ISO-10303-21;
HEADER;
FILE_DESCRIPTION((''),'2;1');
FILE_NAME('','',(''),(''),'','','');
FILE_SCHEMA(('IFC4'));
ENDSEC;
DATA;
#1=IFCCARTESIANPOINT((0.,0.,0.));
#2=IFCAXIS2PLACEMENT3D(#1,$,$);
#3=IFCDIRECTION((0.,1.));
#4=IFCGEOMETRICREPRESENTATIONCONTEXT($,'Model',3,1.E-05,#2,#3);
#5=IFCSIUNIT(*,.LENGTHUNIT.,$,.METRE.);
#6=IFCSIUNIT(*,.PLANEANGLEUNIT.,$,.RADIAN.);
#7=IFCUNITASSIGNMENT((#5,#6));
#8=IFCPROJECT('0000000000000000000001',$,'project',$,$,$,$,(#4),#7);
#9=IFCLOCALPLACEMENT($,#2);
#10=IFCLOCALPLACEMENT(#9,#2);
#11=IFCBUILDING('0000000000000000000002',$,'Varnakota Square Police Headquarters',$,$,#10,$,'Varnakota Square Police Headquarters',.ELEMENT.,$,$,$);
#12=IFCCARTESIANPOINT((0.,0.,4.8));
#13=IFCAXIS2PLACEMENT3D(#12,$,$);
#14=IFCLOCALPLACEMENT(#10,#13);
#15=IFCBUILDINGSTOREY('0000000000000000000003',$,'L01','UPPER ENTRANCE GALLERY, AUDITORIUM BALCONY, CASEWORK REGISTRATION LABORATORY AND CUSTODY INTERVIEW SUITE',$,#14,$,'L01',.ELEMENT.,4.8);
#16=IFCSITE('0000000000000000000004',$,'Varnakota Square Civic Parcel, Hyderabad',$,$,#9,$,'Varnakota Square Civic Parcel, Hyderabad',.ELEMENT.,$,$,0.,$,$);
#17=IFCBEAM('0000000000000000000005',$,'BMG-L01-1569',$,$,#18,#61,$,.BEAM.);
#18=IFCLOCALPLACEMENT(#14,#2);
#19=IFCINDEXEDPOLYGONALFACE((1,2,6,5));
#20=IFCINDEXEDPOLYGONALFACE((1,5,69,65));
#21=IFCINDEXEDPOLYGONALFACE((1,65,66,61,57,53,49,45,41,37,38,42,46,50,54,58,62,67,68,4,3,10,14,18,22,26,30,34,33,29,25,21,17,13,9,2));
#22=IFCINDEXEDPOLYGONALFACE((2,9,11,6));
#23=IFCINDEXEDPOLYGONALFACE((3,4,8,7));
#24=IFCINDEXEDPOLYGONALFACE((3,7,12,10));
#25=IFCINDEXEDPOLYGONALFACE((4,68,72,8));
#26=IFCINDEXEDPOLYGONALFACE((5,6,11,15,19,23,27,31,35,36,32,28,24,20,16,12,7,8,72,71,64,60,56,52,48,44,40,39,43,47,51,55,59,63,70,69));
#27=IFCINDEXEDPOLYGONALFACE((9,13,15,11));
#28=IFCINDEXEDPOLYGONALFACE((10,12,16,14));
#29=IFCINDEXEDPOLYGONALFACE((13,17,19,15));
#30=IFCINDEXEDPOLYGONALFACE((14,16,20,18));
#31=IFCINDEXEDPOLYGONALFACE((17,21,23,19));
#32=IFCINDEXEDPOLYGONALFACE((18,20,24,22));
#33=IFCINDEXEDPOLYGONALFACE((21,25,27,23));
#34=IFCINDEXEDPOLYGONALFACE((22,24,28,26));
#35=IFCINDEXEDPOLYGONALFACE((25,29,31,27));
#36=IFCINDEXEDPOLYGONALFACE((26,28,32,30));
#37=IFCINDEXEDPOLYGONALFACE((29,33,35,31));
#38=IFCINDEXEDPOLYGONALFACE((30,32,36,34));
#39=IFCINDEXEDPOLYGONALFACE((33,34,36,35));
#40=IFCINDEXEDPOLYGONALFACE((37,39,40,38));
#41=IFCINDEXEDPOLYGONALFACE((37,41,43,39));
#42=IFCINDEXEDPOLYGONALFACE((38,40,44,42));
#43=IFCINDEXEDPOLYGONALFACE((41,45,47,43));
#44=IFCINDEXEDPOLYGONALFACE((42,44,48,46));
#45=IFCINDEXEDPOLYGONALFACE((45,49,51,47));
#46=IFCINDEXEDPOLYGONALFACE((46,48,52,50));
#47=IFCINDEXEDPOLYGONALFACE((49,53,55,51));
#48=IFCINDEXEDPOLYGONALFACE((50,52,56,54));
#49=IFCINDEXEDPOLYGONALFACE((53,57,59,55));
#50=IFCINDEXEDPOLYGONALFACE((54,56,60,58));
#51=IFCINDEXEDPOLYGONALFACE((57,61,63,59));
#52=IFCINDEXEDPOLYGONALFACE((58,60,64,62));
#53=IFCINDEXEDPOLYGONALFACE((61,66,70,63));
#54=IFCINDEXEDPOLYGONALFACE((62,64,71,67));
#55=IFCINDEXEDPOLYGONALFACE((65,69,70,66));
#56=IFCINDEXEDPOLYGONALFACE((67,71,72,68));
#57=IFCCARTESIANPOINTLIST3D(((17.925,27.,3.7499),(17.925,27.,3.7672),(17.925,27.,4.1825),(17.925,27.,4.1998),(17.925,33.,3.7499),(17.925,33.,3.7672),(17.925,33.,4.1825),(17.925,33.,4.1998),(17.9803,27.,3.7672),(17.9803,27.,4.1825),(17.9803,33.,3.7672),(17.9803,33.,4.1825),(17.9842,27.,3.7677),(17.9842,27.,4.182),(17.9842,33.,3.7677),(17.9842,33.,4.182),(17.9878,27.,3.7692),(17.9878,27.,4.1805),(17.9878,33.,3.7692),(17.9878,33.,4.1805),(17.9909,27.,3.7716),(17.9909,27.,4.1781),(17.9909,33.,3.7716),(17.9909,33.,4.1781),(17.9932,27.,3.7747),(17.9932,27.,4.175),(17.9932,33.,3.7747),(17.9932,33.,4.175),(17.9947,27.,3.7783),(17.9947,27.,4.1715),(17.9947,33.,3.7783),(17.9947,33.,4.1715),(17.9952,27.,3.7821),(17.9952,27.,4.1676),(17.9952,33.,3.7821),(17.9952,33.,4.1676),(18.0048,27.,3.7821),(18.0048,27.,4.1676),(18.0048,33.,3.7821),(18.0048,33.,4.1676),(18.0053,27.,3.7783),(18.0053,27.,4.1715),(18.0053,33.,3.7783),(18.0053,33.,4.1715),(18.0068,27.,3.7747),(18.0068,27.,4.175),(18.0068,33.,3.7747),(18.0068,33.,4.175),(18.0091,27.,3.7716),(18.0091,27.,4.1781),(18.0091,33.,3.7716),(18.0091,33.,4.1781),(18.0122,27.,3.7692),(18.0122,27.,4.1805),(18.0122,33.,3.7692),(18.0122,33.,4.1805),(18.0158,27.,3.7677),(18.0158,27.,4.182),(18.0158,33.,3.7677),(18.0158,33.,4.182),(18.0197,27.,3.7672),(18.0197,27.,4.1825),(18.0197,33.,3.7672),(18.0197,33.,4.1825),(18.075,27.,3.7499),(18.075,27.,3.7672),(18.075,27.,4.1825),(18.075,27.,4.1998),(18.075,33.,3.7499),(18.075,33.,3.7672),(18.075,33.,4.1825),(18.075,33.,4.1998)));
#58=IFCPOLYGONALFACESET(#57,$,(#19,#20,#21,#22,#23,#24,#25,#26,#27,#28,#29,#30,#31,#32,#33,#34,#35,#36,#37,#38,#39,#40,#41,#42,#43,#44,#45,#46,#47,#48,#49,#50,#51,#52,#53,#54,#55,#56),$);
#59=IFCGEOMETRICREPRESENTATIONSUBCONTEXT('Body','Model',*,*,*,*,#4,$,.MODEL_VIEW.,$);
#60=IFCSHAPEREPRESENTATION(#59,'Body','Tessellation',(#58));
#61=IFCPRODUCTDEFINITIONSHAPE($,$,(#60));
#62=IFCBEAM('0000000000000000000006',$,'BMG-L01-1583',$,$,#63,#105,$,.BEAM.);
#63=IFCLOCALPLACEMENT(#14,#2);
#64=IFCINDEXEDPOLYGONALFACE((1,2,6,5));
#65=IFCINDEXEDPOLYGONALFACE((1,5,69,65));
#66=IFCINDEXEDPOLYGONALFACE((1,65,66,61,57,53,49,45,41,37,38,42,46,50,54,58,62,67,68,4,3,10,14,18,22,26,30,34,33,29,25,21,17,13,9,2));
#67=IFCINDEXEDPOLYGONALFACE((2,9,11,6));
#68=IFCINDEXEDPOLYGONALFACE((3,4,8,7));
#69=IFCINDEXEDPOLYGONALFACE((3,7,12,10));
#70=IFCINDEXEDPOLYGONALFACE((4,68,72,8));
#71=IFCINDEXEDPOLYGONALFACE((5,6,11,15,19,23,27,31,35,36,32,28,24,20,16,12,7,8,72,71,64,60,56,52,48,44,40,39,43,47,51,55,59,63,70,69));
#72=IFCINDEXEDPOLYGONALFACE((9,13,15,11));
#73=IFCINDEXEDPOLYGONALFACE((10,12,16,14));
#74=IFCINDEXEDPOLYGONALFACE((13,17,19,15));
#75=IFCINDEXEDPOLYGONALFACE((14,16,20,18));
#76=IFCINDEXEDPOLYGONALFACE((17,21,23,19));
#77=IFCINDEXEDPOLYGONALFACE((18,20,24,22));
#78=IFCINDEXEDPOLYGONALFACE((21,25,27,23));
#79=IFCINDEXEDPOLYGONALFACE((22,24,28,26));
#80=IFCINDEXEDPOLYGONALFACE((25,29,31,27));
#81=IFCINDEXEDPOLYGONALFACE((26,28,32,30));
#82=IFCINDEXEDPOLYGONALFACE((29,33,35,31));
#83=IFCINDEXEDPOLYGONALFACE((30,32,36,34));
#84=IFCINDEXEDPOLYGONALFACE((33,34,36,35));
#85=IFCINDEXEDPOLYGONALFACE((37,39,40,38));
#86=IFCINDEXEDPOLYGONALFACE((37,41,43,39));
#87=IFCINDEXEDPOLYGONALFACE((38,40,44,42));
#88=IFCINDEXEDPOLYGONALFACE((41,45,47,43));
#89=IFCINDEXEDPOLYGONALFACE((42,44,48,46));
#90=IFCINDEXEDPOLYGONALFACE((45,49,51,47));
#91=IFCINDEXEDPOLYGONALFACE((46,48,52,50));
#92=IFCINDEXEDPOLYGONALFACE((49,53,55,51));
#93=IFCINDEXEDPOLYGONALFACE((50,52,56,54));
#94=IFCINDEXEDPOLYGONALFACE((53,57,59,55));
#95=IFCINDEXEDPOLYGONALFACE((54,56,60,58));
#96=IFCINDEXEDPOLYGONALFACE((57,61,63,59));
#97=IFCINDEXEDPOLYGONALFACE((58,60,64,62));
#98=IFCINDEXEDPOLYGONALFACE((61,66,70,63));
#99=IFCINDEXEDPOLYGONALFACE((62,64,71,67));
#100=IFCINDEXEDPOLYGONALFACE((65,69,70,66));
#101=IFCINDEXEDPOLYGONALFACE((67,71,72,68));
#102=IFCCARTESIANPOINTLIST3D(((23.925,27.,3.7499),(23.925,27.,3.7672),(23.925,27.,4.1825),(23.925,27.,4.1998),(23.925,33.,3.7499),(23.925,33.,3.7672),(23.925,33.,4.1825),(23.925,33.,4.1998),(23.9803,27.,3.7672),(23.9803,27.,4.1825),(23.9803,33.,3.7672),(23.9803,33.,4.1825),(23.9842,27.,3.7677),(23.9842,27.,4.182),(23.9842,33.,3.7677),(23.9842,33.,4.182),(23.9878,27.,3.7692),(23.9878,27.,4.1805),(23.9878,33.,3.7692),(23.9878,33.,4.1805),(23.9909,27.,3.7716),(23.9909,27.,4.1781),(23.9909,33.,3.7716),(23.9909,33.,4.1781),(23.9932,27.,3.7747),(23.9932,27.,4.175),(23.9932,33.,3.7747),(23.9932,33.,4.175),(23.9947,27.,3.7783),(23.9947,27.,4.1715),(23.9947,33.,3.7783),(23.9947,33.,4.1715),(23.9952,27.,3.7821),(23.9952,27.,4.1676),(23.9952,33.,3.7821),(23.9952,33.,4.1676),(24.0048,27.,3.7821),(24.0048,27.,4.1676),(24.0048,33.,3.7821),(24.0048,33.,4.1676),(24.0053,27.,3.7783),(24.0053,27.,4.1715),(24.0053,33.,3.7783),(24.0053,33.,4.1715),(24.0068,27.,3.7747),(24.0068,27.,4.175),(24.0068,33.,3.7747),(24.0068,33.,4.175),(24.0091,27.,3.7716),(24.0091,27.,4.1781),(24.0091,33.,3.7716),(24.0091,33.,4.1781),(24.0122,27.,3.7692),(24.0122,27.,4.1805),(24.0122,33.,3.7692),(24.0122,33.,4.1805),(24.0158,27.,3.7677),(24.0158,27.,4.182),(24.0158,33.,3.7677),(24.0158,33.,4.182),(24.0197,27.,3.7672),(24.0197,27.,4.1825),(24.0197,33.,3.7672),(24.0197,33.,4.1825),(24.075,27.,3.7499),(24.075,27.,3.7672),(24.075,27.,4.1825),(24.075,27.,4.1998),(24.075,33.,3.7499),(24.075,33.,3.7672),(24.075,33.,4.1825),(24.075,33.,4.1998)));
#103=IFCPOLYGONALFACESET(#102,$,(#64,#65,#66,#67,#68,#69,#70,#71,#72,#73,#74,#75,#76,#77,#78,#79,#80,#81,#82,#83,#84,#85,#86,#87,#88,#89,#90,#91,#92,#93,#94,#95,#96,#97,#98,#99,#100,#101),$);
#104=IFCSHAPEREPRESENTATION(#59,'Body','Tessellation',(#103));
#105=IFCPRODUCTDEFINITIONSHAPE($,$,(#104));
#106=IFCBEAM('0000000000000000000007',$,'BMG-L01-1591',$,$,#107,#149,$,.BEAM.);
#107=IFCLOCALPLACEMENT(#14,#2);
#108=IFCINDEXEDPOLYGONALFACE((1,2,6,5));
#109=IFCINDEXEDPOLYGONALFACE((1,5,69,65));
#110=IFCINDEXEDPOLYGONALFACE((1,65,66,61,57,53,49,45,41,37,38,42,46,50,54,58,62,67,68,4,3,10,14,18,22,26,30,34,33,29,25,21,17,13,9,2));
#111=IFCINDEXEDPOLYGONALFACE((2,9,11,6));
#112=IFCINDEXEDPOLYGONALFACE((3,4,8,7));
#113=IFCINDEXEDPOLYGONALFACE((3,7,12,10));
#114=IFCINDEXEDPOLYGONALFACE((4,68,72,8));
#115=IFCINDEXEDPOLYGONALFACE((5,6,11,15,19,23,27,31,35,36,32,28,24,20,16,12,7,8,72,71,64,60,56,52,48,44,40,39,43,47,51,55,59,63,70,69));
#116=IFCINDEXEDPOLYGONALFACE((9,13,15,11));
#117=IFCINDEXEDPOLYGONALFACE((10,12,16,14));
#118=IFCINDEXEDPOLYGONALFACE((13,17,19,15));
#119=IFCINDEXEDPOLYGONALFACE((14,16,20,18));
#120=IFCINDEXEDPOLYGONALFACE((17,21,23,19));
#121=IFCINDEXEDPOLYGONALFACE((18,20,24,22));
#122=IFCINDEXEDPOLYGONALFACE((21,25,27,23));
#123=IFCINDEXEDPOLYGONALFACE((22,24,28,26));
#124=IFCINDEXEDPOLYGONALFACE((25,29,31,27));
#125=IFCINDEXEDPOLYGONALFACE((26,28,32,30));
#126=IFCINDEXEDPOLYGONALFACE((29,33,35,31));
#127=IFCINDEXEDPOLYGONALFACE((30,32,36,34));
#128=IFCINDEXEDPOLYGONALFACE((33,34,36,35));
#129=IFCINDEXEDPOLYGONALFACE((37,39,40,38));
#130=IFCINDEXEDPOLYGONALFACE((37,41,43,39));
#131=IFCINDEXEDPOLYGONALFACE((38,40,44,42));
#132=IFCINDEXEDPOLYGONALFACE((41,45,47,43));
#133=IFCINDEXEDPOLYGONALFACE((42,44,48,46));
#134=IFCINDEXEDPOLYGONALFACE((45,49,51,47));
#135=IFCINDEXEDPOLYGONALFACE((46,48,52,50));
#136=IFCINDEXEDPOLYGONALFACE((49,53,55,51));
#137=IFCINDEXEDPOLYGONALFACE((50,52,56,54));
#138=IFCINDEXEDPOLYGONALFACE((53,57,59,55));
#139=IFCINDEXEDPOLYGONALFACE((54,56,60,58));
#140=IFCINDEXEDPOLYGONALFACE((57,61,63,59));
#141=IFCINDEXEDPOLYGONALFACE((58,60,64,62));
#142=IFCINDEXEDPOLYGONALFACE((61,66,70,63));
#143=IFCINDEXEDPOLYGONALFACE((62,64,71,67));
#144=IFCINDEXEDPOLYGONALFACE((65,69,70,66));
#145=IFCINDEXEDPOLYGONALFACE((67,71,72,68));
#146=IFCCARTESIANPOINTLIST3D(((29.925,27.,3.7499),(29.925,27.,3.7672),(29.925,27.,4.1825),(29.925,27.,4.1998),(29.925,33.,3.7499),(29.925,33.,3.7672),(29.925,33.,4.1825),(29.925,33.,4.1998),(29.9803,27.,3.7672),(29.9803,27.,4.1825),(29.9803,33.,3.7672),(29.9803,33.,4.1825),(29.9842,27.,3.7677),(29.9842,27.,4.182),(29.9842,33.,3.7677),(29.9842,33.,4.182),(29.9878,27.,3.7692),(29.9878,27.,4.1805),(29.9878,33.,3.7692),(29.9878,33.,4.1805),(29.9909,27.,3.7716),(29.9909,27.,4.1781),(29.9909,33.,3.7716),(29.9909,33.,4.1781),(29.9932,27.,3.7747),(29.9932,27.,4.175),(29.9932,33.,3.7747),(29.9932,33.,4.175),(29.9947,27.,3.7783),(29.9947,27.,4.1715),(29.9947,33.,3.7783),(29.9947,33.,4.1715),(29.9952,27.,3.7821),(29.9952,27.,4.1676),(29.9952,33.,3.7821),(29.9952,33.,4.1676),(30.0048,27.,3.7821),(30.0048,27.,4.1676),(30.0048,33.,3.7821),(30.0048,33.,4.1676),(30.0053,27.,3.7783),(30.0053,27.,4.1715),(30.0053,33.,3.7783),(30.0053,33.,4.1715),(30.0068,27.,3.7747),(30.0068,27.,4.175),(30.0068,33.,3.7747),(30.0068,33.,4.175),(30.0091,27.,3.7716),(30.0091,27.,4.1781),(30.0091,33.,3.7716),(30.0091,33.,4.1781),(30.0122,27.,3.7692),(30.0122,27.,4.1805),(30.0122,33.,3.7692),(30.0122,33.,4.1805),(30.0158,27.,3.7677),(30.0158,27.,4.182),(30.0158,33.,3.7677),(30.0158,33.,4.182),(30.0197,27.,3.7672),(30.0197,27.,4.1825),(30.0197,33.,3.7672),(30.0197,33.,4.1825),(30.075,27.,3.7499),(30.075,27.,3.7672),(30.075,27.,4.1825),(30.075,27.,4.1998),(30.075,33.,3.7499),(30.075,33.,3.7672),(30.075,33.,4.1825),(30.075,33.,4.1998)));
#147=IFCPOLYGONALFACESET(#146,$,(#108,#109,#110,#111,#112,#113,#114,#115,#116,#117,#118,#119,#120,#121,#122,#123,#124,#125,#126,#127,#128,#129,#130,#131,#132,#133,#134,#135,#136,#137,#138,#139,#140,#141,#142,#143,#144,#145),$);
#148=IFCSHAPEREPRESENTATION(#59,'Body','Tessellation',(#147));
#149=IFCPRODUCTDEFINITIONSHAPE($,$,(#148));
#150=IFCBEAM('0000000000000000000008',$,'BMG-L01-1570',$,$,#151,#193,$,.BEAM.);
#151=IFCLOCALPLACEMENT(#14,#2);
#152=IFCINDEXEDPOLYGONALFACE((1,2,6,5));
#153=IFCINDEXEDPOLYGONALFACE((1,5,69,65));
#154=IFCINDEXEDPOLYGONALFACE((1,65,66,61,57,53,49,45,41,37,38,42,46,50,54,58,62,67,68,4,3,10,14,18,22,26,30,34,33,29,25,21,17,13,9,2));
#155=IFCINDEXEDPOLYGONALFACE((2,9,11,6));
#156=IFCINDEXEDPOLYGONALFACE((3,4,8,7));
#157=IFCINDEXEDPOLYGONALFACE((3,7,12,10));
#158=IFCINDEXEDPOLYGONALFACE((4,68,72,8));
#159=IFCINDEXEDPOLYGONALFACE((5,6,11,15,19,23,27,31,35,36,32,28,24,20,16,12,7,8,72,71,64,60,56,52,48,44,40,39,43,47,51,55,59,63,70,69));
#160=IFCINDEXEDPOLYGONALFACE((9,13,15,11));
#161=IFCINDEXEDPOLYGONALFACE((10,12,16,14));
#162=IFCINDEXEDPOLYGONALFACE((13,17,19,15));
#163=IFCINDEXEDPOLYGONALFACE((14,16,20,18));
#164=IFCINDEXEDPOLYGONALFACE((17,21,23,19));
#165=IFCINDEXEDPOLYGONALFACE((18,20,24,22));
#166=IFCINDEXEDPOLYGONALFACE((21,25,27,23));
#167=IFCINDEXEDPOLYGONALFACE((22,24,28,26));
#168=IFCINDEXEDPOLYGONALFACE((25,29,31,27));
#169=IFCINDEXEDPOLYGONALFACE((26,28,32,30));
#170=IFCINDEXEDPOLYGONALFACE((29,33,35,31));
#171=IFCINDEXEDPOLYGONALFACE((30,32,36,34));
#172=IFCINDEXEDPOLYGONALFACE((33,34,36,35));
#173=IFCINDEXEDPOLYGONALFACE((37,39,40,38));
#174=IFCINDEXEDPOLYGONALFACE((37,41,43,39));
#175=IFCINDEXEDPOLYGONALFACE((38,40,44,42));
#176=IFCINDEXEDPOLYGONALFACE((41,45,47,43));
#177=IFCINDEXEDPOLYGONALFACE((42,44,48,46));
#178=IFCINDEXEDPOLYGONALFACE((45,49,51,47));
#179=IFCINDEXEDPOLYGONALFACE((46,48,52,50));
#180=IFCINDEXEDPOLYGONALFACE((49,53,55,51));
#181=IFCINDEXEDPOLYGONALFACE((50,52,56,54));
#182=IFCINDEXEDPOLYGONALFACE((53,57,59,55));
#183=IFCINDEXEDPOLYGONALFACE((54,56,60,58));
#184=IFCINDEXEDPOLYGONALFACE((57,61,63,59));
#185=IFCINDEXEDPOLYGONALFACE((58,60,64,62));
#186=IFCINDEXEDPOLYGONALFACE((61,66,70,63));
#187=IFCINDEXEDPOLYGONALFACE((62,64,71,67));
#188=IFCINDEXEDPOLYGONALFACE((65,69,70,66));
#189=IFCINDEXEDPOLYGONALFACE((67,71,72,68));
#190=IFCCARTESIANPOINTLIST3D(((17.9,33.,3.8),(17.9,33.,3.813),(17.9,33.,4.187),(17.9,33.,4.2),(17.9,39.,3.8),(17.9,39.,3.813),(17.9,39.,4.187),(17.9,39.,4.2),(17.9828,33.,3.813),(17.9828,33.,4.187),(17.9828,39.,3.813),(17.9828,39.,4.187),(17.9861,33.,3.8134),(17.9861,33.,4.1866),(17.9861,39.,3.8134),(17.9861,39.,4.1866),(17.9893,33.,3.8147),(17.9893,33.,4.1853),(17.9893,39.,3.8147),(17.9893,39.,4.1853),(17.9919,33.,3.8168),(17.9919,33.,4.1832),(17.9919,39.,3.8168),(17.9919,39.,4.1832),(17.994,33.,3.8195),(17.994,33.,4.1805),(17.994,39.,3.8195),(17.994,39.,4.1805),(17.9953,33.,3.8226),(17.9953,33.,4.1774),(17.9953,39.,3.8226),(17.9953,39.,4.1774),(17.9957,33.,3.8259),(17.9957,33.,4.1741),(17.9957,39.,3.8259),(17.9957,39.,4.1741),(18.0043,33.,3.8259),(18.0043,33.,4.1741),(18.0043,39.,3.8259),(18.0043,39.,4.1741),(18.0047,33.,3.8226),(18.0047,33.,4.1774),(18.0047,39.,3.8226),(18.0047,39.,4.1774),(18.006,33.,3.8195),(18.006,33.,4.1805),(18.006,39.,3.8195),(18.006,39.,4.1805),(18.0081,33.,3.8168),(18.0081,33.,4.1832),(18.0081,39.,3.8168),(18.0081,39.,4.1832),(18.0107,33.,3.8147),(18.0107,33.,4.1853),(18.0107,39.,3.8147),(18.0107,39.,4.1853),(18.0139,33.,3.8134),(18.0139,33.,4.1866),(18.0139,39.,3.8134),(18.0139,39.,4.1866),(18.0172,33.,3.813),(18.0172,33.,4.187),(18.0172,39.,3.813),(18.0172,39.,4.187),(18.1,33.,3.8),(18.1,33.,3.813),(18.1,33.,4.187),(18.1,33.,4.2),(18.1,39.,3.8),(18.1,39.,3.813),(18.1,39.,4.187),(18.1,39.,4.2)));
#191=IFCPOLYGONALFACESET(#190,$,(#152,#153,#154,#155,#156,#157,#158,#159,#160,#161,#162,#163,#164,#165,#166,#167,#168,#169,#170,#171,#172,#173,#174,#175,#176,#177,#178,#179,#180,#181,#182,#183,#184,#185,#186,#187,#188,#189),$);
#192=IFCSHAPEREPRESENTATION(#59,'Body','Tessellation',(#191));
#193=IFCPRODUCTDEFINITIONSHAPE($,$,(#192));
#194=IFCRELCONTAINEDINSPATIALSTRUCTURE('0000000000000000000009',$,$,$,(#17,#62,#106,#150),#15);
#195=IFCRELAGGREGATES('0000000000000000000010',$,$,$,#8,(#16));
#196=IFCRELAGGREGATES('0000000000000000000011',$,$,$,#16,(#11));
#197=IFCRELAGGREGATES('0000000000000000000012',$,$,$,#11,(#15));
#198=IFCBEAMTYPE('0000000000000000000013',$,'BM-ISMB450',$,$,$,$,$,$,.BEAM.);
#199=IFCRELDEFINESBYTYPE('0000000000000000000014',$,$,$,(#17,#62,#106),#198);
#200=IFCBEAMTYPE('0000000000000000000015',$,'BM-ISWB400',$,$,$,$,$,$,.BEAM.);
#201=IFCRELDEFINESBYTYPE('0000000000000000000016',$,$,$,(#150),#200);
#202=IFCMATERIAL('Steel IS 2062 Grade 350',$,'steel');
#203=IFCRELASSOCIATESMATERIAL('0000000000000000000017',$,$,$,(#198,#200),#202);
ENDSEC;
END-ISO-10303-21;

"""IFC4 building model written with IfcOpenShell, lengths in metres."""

from ifc_helpers import new_model, si_unit, direction, frame, origin, origin_2d, place, context, subcontext, project, spatial, i_section, extrude, material, material_profile, profile_set, type_object, element, save


model = new_model("IFC4")

# Units and contexts
model_context = context("Model", 3, precision=1e-05, world=origin(), true_north=direction((0.0, 1.0)))
body_context = subcontext(model_context, "Body", "Model", "MODEL_VIEW")
ifc_project = project(units=[si_unit("LENGTHUNIT", "METRE"), si_unit("PLANEANGLEUNIT", "RADIAN")], contexts=[model_context])

# Site, building, storey
site_placement = place(None, origin())
site = spatial("IfcSite", under=ifc_project, at=site_placement, Name="Varnakota Square Civic Parcel, Hyderabad", LongName="Varnakota Square Civic Parcel, Hyderabad", CompositionType="ELEMENT", RefElevation=0.0)
building_placement = place(site_placement, origin())
building = spatial("IfcBuilding", under=site, at=building_placement, Name="Varnakota Square Police Headquarters", LongName="Varnakota Square Police Headquarters", CompositionType="ELEMENT")
storey_placement = place(building_placement, frame((0.0, 0.0, 4.8)))
storey = spatial("IfcBuildingStorey", under=building, at=storey_placement, Name="L01", Description="UPPER ENTRANCE GALLERY, AUDITORIUM BALCONY, CASEWORK REGISTRATION LABORATORY AND CUSTODY INTERVIEW SUITE", LongName="L01", CompositionType="ELEMENT", Elevation=4.8)

# Shared definitions
ifc_material_1 = material(Name="Steel IS 2062 Grade 350", Category="steel")

# Beams
ifc_material_profile_1 = material_profile(ifc_material_1, i_section(OverallWidth=0.1499, OverallDepth=0.45, WebThickness=0.0095, FlangeThickness=0.0173, FilletRadius=0.0149, at=origin_2d()), Name="ISMB 450")
ifc_profile_set_1 = profile_set([ifc_material_profile_1], Name="Steel IS 2062 Grade 350")
beam_type_1 = type_object("IfcBeamType", Name="BM-ISMB450", PredefinedType="BEAM", material=ifc_profile_set_1)
for number, where, z_axis, x_axis, name in (
    (1, (18.0, 27.0, 3.9749), (0.0, 1.0, 0.0), (-1.0, 0.0, 0.0), "BMG-L01-1569"),
    (2, (24.0, 27.0, 3.9749), (0.0, 1.0, 0.0), (-1.0, 0.0, 0.0), "BMG-L01-1583"),
    (3, (30.0, 27.0, 3.9749), (0.0, 1.0, 0.0), (-1.0, 0.0, 0.0), "BMG-L01-1591"),
):
    element("IfcBeam", number, at=place(storey_placement, frame(where, z_axis=z_axis, x_axis=x_axis)), inside=storey, type_object=beam_type_1, Name=name, PredefinedType="BEAM", context=body_context, shape_type="SweptSolid", body=[
        extrude(i_section(OverallWidth=0.1499, OverallDepth=0.45, WebThickness=0.0095, FlangeThickness=0.0173, FilletRadius=0.0149, at=origin_2d()), origin(), (0.0, 0.0, 1.0), 6.0),
    ])
ifc_material_profile_2 = material_profile(ifc_material_1, i_section(OverallWidth=0.2, OverallDepth=0.3999, WebThickness=0.0085, FlangeThickness=0.0129, FilletRadius=0.0129, at=origin_2d()), Name="ISWB 400")
ifc_profile_set_2 = profile_set([ifc_material_profile_2], Name="Steel IS 2062 Grade 350")
beam_type_2 = type_object("IfcBeamType", Name="BM-ISWB400", PredefinedType="BEAM", material=ifc_profile_set_2)
for number, where, z_axis, x_axis, name in (
    (4, (18.0, 33.0, 4.0), (0.0, 1.0, 0.0), (-1.0, 0.0, 0.0), "BMG-L01-1570"),
):
    element("IfcBeam", number, at=place(storey_placement, frame(where, z_axis=z_axis, x_axis=x_axis)), inside=storey, type_object=beam_type_2, Name=name, PredefinedType="BEAM", context=body_context, shape_type="SweptSolid", body=[
        extrude(i_section(OverallWidth=0.2, OverallDepth=0.3999, WebThickness=0.0085, FlangeThickness=0.0129, FilletRadius=0.0129, at=origin_2d()), origin(), (0.0, 0.0, 1.0), 6.0),
    ])

save(model, "model.ifc")
